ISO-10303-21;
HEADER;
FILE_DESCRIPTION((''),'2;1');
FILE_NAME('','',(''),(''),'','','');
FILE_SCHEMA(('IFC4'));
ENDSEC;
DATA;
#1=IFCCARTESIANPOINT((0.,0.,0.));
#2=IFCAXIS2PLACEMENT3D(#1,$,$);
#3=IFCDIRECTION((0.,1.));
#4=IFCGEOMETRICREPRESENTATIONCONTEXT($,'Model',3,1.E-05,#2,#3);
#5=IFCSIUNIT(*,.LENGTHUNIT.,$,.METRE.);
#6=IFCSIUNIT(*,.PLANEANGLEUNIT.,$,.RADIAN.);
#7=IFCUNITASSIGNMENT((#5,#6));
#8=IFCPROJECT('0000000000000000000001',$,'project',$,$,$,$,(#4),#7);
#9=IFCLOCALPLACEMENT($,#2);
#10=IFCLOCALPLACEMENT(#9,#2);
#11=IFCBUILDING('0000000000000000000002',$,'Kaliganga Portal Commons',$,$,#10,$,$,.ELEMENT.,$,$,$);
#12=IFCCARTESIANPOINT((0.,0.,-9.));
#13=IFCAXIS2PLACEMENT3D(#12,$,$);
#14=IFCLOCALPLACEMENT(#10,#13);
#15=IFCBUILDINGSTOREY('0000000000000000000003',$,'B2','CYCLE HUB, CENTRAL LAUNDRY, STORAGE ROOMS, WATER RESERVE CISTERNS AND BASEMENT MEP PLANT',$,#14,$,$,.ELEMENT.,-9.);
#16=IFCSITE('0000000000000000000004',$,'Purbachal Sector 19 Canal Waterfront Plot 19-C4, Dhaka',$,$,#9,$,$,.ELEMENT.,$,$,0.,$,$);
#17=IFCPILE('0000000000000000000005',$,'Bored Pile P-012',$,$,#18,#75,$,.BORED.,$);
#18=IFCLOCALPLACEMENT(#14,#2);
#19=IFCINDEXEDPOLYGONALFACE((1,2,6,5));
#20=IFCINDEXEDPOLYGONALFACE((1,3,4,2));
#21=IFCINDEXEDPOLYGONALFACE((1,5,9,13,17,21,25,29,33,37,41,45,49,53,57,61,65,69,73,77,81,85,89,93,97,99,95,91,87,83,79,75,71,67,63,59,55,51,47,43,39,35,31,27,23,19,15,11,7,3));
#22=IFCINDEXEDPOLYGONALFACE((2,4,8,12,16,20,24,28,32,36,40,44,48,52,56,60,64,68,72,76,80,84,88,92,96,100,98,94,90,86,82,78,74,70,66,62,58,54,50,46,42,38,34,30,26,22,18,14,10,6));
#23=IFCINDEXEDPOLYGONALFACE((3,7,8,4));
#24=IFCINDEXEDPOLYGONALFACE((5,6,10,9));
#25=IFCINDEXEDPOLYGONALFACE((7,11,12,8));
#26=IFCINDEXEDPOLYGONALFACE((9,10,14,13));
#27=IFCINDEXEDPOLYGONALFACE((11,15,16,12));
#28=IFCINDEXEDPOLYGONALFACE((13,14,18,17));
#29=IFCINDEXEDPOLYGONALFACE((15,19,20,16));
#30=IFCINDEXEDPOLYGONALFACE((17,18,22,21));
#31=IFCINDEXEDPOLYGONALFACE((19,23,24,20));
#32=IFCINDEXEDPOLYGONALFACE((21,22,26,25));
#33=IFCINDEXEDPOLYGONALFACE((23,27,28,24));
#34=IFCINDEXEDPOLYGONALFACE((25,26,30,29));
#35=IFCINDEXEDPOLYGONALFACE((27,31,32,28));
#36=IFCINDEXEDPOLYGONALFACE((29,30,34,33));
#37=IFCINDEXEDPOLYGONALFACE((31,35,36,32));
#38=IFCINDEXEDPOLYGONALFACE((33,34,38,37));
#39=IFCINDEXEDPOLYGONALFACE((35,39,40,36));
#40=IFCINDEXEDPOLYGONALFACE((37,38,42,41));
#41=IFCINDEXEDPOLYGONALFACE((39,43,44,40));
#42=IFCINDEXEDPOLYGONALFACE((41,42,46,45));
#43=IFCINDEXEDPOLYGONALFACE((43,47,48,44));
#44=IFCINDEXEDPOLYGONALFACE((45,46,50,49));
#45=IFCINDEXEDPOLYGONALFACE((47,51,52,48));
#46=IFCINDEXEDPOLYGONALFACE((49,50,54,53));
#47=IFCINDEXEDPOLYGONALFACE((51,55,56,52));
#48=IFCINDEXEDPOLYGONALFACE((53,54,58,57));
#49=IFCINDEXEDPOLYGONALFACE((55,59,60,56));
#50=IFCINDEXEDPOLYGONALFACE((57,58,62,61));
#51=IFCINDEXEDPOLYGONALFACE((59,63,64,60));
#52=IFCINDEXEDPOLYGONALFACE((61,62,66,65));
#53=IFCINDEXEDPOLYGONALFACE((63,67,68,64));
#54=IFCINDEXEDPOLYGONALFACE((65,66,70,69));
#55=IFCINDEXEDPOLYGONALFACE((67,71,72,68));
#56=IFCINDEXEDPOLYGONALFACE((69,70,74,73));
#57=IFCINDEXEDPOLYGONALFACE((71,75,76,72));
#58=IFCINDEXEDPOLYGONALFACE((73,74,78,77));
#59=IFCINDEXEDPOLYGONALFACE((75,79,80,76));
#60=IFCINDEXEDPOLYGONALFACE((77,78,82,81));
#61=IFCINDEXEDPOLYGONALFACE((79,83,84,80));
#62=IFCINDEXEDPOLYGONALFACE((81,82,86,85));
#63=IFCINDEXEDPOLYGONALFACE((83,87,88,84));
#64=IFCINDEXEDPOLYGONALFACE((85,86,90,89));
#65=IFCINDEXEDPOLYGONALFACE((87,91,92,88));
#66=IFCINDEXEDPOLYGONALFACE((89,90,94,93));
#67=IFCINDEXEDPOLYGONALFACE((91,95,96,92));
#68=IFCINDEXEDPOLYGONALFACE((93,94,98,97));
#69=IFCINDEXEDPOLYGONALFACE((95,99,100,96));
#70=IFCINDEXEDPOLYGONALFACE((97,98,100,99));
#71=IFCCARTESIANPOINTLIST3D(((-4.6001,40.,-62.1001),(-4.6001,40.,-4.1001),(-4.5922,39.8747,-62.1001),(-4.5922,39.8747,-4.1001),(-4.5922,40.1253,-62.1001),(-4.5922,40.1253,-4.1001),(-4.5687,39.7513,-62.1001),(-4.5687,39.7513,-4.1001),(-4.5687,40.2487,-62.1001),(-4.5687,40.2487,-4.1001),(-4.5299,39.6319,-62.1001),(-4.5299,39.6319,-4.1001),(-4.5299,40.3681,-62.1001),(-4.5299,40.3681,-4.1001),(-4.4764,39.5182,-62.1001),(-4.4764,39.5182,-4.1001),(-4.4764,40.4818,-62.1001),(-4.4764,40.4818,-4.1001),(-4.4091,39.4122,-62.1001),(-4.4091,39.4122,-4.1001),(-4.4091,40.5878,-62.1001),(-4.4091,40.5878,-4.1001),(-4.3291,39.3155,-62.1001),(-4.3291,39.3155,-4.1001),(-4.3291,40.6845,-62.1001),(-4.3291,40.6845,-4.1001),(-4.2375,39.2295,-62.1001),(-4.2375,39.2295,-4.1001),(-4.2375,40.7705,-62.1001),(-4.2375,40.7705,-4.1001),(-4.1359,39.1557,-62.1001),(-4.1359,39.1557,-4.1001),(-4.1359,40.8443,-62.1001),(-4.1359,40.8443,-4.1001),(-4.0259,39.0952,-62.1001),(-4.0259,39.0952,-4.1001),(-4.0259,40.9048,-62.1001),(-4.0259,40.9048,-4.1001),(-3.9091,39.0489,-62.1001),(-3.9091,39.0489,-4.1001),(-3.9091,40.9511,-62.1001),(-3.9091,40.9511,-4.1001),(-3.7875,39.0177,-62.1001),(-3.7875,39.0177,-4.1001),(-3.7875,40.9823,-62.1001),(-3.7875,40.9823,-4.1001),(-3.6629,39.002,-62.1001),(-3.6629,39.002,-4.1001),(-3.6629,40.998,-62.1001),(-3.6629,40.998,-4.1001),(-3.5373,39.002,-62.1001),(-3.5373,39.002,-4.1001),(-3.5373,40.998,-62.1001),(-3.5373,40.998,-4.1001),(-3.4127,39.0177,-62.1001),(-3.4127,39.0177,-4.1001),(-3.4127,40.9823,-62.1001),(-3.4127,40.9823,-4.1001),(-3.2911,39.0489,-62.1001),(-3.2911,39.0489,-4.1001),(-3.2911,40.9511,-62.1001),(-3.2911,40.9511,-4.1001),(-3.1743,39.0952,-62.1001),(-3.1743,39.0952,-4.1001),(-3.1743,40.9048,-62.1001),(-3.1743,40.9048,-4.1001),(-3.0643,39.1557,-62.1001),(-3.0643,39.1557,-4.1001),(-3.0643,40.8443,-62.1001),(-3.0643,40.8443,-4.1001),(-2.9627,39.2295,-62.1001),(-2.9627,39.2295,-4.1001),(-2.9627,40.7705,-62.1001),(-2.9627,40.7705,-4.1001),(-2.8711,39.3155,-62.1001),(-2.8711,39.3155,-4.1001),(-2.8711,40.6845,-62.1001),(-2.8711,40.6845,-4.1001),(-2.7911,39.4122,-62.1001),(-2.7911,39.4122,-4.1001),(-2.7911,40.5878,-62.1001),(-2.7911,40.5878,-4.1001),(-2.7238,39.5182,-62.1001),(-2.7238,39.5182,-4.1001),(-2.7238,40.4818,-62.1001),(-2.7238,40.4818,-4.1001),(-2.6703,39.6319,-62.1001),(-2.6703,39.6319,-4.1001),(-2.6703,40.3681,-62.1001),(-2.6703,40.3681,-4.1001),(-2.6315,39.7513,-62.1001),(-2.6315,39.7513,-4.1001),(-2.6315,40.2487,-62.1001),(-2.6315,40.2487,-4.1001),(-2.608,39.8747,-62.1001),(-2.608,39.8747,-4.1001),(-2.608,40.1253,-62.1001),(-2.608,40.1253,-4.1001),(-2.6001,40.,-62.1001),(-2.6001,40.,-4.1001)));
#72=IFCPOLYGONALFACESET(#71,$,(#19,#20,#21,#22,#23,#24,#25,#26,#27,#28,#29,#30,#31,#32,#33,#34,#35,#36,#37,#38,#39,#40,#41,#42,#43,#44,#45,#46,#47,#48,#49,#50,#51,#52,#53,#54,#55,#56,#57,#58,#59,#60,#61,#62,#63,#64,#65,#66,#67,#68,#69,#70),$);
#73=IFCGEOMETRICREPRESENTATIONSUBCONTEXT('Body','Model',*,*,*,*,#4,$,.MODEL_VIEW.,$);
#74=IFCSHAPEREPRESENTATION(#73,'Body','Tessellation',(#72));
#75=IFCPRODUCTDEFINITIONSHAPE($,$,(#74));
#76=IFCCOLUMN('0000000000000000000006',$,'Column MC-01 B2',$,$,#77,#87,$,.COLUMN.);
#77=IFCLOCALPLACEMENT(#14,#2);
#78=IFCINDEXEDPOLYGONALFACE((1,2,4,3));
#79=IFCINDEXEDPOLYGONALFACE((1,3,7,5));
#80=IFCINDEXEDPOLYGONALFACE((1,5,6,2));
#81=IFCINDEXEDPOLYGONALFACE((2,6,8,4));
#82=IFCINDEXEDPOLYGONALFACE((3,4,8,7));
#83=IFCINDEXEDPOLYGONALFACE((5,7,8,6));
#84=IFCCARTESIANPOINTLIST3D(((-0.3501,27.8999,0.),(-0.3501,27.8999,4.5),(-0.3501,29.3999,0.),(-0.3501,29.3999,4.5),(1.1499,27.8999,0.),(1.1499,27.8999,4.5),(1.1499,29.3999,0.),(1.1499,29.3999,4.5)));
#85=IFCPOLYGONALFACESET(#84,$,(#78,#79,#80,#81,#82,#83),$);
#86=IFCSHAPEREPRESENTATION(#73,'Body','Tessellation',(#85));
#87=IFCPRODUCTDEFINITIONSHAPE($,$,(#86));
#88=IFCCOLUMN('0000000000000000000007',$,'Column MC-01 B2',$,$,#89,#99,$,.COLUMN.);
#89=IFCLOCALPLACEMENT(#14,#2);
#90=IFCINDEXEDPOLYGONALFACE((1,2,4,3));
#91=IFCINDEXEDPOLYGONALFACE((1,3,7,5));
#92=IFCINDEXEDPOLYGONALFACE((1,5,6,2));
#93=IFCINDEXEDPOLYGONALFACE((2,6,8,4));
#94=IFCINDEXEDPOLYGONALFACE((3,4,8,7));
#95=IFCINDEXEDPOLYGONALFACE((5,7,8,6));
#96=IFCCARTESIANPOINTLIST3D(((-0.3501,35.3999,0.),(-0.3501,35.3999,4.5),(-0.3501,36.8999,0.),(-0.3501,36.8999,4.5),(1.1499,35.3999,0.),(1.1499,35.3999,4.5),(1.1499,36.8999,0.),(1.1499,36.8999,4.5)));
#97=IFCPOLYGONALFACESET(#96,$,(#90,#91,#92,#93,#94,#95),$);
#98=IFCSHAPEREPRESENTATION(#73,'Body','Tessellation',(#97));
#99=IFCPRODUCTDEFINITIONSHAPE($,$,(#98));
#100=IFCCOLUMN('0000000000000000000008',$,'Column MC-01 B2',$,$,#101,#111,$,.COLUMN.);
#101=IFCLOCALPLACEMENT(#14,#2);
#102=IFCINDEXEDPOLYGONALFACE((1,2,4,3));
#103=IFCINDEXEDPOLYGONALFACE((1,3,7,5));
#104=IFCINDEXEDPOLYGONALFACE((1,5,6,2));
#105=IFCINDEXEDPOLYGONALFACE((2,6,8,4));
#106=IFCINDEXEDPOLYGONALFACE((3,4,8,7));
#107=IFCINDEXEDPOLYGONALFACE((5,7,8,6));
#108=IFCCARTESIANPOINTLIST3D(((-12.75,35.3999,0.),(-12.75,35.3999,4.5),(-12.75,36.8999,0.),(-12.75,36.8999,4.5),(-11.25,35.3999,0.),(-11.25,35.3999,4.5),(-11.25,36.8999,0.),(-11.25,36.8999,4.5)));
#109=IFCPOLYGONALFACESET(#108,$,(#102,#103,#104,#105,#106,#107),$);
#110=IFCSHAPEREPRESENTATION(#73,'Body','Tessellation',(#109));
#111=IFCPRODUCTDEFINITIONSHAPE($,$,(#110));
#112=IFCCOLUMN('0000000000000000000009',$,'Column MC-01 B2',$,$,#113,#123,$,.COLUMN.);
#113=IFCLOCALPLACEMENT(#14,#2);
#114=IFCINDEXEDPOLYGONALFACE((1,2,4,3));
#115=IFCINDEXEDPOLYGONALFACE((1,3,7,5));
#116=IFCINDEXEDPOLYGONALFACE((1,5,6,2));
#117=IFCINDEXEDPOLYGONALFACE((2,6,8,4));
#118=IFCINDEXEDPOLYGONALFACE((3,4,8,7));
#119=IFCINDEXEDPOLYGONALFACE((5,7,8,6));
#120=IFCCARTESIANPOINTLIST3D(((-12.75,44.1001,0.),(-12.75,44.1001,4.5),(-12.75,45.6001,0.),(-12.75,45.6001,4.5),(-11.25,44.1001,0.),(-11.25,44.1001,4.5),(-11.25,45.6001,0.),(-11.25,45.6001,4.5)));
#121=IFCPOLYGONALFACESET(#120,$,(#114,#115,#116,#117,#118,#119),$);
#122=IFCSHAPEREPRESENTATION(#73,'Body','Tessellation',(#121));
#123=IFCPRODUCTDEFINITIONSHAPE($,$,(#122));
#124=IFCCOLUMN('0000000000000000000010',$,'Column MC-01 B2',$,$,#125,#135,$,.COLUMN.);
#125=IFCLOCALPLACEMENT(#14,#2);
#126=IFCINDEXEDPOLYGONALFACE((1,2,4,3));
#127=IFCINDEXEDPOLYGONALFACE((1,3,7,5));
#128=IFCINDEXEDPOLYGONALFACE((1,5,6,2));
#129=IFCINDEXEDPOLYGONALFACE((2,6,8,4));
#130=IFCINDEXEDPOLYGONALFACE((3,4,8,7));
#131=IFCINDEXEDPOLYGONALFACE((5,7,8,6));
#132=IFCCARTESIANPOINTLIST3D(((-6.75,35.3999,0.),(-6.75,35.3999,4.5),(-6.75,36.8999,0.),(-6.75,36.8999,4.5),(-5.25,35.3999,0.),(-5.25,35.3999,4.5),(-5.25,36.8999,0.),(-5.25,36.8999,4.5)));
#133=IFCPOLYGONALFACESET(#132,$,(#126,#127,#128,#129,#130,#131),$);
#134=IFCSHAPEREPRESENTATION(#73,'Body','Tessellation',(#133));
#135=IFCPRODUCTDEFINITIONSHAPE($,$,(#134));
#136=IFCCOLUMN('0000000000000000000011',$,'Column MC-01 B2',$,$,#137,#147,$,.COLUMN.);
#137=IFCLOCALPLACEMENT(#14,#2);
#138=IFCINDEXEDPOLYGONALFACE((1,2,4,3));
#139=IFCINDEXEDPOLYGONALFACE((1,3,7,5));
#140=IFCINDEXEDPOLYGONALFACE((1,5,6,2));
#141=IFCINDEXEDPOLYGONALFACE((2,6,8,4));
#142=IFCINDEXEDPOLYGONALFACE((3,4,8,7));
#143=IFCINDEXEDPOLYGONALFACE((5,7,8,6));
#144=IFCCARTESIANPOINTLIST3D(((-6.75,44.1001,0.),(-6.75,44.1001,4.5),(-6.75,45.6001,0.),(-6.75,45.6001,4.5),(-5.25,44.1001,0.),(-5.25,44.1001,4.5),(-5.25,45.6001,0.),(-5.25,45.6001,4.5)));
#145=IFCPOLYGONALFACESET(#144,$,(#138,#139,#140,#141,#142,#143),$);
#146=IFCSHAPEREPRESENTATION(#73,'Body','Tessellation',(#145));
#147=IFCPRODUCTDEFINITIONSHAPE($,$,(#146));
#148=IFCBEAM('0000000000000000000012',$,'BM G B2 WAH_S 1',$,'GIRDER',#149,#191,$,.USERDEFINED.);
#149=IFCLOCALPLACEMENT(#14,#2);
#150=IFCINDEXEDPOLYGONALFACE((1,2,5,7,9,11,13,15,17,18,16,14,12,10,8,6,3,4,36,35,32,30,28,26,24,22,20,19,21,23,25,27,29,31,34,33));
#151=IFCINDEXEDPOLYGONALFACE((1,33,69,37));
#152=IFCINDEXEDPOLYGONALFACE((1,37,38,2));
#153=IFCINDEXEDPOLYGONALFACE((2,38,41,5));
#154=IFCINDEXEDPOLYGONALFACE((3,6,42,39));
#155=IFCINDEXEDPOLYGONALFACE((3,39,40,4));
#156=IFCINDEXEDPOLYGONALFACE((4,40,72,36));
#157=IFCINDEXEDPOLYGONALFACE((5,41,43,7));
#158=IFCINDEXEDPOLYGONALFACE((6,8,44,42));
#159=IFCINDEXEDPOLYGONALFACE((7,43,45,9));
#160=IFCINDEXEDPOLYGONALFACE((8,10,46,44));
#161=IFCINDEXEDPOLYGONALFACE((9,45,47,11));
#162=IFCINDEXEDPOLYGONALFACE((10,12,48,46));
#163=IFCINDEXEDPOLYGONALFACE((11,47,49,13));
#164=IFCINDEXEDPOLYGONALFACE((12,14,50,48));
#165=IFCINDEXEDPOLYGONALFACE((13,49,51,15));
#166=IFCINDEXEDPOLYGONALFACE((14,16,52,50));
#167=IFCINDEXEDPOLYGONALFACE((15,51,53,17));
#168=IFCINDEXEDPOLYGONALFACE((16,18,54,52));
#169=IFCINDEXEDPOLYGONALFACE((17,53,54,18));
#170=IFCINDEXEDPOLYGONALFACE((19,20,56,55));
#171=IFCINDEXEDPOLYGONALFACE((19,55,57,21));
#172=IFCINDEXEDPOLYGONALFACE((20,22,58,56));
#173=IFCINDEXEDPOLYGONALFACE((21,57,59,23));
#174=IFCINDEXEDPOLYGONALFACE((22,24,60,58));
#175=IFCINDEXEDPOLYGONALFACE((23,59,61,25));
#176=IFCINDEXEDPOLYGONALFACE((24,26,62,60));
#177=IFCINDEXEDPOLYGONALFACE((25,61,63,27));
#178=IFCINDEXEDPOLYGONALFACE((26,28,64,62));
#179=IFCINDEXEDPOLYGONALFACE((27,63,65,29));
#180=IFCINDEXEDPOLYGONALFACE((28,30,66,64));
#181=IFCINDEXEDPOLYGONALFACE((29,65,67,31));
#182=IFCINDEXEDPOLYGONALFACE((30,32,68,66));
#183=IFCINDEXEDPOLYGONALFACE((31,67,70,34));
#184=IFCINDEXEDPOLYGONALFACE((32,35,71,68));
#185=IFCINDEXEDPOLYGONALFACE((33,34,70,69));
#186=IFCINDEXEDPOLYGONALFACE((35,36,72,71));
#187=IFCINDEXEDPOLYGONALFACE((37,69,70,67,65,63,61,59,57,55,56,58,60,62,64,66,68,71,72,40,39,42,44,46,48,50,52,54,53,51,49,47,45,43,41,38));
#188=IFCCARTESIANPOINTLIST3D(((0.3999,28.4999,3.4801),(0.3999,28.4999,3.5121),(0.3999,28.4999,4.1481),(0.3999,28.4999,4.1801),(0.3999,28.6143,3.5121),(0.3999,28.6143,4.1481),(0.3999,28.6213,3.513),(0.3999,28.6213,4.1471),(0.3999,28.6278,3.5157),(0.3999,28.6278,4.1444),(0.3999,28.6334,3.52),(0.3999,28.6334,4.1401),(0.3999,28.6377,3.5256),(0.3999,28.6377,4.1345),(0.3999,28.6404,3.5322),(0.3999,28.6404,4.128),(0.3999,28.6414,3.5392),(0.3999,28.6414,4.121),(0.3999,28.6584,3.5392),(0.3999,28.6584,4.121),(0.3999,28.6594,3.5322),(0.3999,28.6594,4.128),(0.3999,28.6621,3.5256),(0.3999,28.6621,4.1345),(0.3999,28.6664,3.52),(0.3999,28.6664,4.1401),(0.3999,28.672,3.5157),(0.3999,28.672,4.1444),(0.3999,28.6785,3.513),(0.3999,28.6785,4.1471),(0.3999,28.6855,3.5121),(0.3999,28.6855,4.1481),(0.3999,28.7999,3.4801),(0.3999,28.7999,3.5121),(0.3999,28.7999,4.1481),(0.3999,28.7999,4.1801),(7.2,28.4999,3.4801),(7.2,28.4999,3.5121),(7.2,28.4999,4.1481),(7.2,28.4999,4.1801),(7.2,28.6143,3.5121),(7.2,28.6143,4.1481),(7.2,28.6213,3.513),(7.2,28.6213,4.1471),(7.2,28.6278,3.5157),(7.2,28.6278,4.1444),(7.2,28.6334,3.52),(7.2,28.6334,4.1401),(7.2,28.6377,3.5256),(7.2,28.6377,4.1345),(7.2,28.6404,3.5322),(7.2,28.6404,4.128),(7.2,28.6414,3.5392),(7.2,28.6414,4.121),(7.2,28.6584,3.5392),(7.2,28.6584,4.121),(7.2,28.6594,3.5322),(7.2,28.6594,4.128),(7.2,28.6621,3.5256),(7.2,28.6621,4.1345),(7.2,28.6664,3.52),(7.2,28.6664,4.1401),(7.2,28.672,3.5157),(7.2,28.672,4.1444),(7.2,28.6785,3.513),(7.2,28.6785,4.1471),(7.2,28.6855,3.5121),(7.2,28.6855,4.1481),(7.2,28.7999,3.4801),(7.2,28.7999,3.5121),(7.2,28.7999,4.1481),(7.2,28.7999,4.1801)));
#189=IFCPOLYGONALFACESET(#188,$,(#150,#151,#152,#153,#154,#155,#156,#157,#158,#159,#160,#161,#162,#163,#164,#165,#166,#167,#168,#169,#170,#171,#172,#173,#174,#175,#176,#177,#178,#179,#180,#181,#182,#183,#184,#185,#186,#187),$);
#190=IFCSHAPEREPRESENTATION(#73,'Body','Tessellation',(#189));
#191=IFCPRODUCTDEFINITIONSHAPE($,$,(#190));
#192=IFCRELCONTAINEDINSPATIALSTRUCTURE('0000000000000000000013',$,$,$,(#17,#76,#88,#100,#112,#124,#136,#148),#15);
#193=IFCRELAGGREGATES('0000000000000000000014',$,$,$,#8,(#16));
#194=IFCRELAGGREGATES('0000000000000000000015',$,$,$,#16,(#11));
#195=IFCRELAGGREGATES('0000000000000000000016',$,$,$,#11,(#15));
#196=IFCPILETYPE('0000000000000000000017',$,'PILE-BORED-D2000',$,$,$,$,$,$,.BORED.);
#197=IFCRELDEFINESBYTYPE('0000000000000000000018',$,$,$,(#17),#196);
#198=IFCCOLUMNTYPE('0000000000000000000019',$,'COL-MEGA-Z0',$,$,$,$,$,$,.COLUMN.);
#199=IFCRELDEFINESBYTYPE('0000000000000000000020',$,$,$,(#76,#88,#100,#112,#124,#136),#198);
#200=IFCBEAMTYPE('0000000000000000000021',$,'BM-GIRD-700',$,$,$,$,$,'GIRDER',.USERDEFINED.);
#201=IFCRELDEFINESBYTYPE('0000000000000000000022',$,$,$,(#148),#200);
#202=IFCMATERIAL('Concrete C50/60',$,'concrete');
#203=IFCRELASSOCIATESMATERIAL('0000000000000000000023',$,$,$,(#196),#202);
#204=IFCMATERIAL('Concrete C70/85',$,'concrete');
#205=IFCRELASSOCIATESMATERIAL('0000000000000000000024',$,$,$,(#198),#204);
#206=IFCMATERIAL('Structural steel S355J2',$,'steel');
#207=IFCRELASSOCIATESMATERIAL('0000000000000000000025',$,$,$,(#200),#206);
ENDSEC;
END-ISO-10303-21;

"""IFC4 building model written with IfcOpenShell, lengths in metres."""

from ifc_helpers import new_model, si_unit, direction, frame, origin, origin_2d, place, context, subcontext, project, spatial, rectangle, circle, i_section, extrude, source, transform, mapped, material, material_profile, profile_set, type_object, element, save


model = new_model("IFC4")

# Units and contexts
model_context = context("Model", 3, precision=1e-05, world=origin(), true_north=direction((0.0, 1.0)))
body_context = subcontext(model_context, "Body", "Model", "MODEL_VIEW")
ifc_project = project(units=[si_unit("LENGTHUNIT", "METRE"), si_unit("PLANEANGLEUNIT", "RADIAN")], contexts=[model_context])

# Site, building, storey
site_placement = place(None, origin())
site = spatial("IfcSite", under=ifc_project, at=site_placement, Name="Purbachal Sector 19 Canal Waterfront Plot 19-C4, Dhaka", CompositionType="ELEMENT", RefElevation=0.0)
building_placement = place(site_placement, origin())
building = spatial("IfcBuilding", under=site, at=building_placement, Name="Kaliganga Portal Commons", CompositionType="ELEMENT")
storey_placement = place(building_placement, frame((0.0, 0.0, -9.0)))
storey = spatial("IfcBuildingStorey", under=building, at=storey_placement, Name="B2", Description="CYCLE HUB, CENTRAL LAUNDRY, STORAGE ROOMS, WATER RESERVE CISTERNS AND BASEMENT MEP PLANT", CompositionType="ELEMENT", Elevation=-9.0)

# Pile
ifc_material_1 = material(Name="Concrete C50/60", Category="concrete")
ifc_material_profile_1 = material_profile(ifc_material_1, circle(Radius=1.0, at=origin_2d()), Name="PILE D2000")
ifc_profile_set_1 = profile_set([ifc_material_profile_1], Name="Concrete C50/60")
pile_type = type_object("IfcPileType", Name="PILE-BORED-D2000", PredefinedType="BORED", material=ifc_profile_set_1)
for number, where, z_axis, x_axis, name in (
    (1, (-3.6001, 40.0, -4.1001), (0.0, 0.0, -1.0), (1.0, 0.0, 0.0), "Bored Pile P-012"),
):
    element("IfcPile", number, at=place(storey_placement, frame(where, z_axis=z_axis, x_axis=x_axis)), inside=storey, type_object=pile_type, Name=name, PredefinedType="BORED", context=body_context, shape_type="SweptSolid", body=[
        extrude(circle(Radius=1.0, at=origin_2d()), origin(), (0.0, 0.0, 1.0), 58.0),
    ])

# Columns
ifc_material_2 = material(Name="Concrete C70/85", Category="concrete")
ifc_material_profile_2 = material_profile(ifc_material_2, rectangle(XDim=1.5, YDim=1.5, at=origin_2d()), Name="RC 1500x1500")
ifc_profile_set_2 = profile_set([ifc_material_profile_2], Name="Concrete C70/85")
column_type = type_object("IfcColumnType", Name="COL-MEGA-Z0", PredefinedType="COLUMN", material=ifc_profile_set_2)
shared_shape_1 = source(origin(), body_context, "Body", "SweptSolid", [
    extrude(rectangle(XDim=1.5, YDim=1.5, at=origin_2d()), origin(), (0.0, 0.0, 1.0), 4.5),
])
for number, where, z_axis, x_axis, name in (
    (2, (0.3999, 28.6499, 0.0), (0.0, 0.0, 1.0), (1.0, 0.0, 0.0), "Column MC-01 B2"),
    (3, (0.3999, 36.1499, 0.0), (0.0, 0.0, 1.0), (1.0, 0.0, 0.0), "Column MC-01 B2"),
    (4, (-12.0, 36.1499, 0.0), (0.0, 0.0, 1.0), (1.0, 0.0, 0.0), "Column MC-01 B2"),
    (5, (-12.0, 44.8501, 0.0), (0.0, 0.0, 1.0), (1.0, 0.0, 0.0), "Column MC-01 B2"),
    (6, (-6.0, 36.1499, 0.0), (0.0, 0.0, 1.0), (1.0, 0.0, 0.0), "Column MC-01 B2"),
    (7, (-6.0, 44.8501, 0.0), (0.0, 0.0, 1.0), (1.0, 0.0, 0.0), "Column MC-01 B2"),
):
    element("IfcColumn", number, at=place(storey_placement, frame(where, z_axis=z_axis, x_axis=x_axis)), inside=storey, type_object=column_type, Name=name, PredefinedType="COLUMN", context=body_context, shape_type="MappedRepresentation", body=[
        mapped(shared_shape_1, transform((0.0, 0.0, 0.0), x_axis=(1.0, 0.0, 0.0), y_axis=(0.0, 1.0, 0.0), z_axis=(0.0, 0.0, 1.0), scale=1.0)),
    ])

# Beam
ifc_material_3 = material(Name="Structural steel S355J2", Category="steel")
ifc_material_profile_3 = material_profile(ifc_material_3, i_section(OverallWidth=0.3, OverallDepth=0.7, WebThickness=0.0171, FlangeThickness=0.032, FilletRadius=0.0271, at=origin_2d()), Name="HE 700 B")
ifc_profile_set_3 = profile_set([ifc_material_profile_3], Name="Structural steel S355J2 wide-flange")
beam_type_1 = type_object("IfcBeamType", Name="BM-GIRD-700", ElementType="GIRDER", PredefinedType="USERDEFINED", material=ifc_profile_set_3)
shared_shape_2 = source(origin(), body_context, "Body", "SweptSolid", [
    extrude(i_section(OverallWidth=0.3, OverallDepth=0.7, WebThickness=0.0171, FlangeThickness=0.032, FilletRadius=0.0271, at=origin_2d()), origin(), (0.0, 0.0, 1.0), 6.8),
])
for number, where, z_axis, x_axis, name in (
    (8, (0.3999, 28.6499, 3.8301), (1.0, 0.0, 0.0), (0.0, 1.0, 0.0), "BM G B2 WAH_S 1"),
):
    element("IfcBeam", number, at=place(storey_placement, frame(where, z_axis=z_axis, x_axis=x_axis)), inside=storey, type_object=beam_type_1, Name=name, ObjectType="GIRDER", PredefinedType="USERDEFINED", context=body_context, shape_type="MappedRepresentation", body=[
        mapped(shared_shape_2, transform((0.0, 0.0, 0.0), x_axis=(1.0, 0.0, 0.0), y_axis=(0.0, 1.0, 0.0), z_axis=(0.0, 0.0, 1.0), scale=1.0)),
    ])

save(model, "model.ifc")
